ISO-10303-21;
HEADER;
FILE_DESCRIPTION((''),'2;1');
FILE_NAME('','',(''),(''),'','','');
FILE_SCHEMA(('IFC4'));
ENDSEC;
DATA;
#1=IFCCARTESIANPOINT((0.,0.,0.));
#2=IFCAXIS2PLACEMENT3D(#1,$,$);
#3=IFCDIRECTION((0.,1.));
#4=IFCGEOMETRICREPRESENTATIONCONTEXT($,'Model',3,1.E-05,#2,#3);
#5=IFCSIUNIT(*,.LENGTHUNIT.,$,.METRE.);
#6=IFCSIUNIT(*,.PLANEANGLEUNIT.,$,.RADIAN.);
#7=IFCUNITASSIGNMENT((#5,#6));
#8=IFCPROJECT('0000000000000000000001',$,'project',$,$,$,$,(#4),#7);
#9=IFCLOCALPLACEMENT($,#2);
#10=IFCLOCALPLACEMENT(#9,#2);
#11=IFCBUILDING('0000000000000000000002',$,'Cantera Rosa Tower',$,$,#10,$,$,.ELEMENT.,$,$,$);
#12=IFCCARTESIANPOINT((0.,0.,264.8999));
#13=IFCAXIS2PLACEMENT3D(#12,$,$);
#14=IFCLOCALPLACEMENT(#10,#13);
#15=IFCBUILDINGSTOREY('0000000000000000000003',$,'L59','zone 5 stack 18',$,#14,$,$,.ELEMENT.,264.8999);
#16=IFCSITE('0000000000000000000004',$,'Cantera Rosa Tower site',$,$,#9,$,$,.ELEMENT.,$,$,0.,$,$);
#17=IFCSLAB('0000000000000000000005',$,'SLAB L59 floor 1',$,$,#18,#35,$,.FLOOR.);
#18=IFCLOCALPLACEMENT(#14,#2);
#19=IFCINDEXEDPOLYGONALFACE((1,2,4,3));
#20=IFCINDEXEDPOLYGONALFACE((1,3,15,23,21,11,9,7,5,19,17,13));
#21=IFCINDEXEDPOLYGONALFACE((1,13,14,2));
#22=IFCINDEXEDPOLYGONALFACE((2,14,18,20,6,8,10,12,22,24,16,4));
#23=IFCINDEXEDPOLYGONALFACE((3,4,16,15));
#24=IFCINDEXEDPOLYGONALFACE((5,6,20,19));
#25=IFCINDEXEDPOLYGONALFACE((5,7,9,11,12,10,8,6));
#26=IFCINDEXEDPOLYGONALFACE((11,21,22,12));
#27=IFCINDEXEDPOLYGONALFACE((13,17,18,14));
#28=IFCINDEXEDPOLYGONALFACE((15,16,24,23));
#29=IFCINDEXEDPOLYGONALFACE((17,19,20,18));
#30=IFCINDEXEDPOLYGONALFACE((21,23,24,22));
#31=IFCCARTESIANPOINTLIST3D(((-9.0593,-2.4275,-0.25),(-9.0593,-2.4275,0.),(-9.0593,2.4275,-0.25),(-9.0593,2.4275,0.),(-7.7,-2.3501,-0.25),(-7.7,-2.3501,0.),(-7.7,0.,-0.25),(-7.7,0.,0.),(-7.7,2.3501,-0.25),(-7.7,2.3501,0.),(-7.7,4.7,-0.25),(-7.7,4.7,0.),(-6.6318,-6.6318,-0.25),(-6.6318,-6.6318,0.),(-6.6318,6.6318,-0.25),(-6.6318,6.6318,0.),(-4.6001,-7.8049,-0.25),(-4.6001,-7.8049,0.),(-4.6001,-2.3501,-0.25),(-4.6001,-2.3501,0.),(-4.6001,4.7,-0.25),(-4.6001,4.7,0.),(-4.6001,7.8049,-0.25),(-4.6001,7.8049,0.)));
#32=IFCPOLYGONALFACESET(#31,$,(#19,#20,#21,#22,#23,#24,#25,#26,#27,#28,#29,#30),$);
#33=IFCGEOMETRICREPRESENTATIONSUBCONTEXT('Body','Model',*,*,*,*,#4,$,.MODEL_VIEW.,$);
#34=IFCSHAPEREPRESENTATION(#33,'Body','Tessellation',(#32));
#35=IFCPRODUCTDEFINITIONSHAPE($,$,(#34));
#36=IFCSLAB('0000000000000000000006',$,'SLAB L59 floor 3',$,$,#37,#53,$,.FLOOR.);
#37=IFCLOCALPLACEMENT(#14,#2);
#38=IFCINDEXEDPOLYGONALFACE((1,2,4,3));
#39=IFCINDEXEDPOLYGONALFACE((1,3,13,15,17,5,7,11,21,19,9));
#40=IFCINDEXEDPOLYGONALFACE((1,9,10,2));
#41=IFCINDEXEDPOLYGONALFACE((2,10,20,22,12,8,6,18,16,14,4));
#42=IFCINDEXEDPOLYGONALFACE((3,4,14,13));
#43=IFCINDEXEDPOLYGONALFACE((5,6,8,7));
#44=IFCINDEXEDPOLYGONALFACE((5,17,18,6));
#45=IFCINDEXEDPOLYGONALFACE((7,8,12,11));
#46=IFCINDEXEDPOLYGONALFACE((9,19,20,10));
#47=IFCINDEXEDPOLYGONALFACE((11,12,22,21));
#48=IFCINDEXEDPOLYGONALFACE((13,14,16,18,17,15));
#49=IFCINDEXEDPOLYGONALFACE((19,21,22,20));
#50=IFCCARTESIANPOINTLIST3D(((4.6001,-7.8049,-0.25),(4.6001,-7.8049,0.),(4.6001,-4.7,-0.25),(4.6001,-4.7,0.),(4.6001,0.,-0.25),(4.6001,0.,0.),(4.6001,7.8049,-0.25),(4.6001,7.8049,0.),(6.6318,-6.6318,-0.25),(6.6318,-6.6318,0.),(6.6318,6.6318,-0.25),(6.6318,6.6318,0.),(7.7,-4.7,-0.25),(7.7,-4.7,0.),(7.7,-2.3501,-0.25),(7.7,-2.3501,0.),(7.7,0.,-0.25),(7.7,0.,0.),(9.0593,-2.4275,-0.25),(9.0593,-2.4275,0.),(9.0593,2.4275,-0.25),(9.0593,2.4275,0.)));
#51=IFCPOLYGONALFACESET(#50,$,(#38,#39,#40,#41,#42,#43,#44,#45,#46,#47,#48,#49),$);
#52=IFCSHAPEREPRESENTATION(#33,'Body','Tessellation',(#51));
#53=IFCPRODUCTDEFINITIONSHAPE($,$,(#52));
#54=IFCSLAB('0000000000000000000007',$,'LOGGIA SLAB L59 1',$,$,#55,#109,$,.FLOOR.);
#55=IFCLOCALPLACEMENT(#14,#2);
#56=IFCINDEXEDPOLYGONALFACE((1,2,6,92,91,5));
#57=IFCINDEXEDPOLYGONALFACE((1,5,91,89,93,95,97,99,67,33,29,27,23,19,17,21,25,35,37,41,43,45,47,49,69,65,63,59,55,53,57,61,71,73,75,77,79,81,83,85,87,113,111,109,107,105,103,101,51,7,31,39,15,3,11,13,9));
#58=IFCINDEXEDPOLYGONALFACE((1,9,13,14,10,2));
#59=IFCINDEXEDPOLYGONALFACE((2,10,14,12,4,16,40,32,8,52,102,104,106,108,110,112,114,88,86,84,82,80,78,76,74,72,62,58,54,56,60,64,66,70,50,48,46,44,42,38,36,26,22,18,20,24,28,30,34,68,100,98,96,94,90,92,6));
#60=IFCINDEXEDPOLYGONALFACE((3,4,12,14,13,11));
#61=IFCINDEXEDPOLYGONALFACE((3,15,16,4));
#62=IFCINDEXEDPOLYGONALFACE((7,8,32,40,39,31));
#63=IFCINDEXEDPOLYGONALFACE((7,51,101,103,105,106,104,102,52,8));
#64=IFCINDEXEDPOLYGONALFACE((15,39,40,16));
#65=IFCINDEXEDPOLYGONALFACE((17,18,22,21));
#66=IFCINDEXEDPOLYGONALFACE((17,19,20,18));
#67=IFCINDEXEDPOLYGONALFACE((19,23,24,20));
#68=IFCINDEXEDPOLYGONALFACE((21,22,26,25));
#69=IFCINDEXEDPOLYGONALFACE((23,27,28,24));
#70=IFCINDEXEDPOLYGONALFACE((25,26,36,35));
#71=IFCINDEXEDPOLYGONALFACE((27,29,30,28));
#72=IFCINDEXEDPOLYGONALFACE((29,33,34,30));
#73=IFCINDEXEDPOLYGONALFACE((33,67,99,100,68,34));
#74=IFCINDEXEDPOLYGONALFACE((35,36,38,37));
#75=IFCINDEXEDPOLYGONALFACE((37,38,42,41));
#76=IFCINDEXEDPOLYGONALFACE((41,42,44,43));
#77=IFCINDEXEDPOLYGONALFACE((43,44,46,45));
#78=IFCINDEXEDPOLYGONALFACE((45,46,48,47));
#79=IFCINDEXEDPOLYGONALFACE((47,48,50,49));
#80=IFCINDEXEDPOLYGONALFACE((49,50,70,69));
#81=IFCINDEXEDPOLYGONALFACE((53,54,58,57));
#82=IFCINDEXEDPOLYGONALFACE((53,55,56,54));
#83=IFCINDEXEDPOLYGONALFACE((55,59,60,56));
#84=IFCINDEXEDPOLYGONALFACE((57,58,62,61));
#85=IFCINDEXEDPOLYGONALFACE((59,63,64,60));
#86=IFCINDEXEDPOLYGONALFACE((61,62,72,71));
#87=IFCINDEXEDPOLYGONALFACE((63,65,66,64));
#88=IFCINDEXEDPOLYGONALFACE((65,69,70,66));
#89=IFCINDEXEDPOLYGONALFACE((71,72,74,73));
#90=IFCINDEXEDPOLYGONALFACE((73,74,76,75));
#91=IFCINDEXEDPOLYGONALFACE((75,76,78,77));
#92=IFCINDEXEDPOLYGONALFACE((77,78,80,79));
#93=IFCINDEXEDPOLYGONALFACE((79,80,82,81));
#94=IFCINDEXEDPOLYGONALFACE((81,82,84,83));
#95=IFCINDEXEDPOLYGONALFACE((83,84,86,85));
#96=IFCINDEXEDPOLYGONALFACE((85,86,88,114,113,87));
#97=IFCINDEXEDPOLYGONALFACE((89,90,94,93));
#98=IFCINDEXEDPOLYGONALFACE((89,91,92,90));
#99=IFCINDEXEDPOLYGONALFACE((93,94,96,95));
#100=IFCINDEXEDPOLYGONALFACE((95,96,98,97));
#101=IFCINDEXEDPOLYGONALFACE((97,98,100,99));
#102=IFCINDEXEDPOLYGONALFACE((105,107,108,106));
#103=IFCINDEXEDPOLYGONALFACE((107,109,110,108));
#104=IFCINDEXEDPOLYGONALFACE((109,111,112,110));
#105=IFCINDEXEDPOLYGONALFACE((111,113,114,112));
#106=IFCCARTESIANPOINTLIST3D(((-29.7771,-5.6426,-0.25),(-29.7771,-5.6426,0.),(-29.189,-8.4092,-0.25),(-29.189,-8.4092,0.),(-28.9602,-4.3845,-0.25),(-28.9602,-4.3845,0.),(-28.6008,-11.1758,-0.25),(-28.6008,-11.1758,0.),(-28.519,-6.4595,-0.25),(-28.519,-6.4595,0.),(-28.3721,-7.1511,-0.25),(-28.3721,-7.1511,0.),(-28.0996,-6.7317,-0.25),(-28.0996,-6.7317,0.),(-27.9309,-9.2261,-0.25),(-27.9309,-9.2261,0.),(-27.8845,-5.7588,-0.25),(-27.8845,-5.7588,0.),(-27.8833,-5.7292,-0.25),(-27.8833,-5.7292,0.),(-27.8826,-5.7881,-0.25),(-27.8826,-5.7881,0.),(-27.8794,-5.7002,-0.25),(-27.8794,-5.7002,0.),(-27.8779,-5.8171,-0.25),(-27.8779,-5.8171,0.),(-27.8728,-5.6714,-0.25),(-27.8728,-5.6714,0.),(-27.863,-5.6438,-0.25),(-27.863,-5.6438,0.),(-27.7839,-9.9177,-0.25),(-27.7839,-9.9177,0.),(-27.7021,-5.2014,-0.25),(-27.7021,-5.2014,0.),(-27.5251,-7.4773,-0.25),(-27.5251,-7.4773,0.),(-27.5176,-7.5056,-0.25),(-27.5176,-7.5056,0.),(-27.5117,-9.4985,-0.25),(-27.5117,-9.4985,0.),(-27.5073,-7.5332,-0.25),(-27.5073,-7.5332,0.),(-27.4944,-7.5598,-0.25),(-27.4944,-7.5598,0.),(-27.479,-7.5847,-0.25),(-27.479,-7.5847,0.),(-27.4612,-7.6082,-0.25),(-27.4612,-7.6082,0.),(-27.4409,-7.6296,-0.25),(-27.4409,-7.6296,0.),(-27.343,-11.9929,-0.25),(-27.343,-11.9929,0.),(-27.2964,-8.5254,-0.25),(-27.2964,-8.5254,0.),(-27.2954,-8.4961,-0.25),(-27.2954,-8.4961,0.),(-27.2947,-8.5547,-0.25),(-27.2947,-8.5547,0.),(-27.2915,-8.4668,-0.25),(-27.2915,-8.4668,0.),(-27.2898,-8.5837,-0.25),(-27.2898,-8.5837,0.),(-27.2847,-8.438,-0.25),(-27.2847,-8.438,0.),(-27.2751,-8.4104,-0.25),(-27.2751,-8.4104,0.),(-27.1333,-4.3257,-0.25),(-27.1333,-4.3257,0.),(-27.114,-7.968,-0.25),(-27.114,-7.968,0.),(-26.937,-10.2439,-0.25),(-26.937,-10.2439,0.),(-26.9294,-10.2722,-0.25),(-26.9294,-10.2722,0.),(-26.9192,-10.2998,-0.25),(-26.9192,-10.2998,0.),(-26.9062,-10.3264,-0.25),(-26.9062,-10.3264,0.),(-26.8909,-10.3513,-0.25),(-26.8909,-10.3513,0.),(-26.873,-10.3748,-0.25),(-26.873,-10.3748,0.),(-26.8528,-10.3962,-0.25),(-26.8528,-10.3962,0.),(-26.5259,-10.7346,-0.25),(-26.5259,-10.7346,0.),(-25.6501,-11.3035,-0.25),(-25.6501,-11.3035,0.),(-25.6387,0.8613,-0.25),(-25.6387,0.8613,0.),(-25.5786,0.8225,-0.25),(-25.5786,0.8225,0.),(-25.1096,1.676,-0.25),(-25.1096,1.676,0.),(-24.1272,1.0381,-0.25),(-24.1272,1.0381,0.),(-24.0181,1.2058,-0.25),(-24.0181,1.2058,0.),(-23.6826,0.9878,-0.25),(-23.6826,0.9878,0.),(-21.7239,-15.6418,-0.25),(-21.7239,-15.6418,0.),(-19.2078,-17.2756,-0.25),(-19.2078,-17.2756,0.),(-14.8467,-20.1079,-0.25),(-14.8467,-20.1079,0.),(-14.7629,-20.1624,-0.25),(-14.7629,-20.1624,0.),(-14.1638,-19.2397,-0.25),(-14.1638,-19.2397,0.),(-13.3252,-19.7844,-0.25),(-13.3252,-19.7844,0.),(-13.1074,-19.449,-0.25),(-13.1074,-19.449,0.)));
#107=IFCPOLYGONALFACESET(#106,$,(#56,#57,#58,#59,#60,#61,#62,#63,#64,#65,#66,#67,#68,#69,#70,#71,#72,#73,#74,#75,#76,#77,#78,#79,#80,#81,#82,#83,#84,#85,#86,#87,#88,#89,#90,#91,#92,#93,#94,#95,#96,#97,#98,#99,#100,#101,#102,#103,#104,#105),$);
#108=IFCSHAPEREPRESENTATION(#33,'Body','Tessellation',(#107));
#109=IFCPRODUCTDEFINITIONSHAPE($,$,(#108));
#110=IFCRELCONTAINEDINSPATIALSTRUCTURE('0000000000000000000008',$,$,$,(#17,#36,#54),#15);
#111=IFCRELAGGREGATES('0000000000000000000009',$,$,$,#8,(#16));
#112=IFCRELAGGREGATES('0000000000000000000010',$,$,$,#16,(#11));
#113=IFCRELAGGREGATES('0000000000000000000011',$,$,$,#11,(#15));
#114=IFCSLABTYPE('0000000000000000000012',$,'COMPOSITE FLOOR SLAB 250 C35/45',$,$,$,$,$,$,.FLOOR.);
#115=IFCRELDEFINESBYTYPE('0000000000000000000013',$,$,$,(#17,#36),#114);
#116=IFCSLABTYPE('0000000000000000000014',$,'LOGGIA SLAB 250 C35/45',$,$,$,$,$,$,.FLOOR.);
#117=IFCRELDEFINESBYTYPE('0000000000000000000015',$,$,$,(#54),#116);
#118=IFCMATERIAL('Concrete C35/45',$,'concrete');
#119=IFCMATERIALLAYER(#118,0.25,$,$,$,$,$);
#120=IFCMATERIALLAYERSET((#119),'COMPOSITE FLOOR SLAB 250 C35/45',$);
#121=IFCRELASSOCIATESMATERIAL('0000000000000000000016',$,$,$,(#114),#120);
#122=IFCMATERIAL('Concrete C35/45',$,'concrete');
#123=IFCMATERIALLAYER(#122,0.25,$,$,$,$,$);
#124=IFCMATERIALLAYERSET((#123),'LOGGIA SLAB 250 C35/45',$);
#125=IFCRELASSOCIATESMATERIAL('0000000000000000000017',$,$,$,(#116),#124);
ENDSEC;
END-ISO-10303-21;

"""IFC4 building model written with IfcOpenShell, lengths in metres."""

from ifc_helpers import new_model, si_unit, direction, frame, origin, place, context, subcontext, project, spatial, polyline, outline, extrude, material, layer, layer_set, type_object, element, save


model = new_model("IFC4")

# Units and contexts
model_context = context("Model", 3, precision=1e-05, world=origin(), true_north=direction((0.0, 1.0)))
body_context = subcontext(model_context, "Body", "Model", "MODEL_VIEW")
ifc_project = project(units=[si_unit("LENGTHUNIT", "METRE"), si_unit("PLANEANGLEUNIT", "RADIAN")], contexts=[model_context])

# Site, building, storey
site_placement = place(None, origin())
site = spatial("IfcSite", under=ifc_project, at=site_placement, Name="Cantera Rosa Tower site", CompositionType="ELEMENT", RefElevation=0.0)
building_placement = place(site_placement, origin())
building = spatial("IfcBuilding", under=site, at=building_placement, Name="Cantera Rosa Tower", CompositionType="ELEMENT")
storey_placement = place(building_placement, frame((0.0, 0.0, 264.8999)))
storey = spatial("IfcBuildingStorey", under=building, at=storey_placement, Name="L59", Description="zone 5 stack 18", CompositionType="ELEMENT", Elevation=264.8999)

# Slabs
ifc_material_1 = material(Name="Concrete C35/45", Category="concrete")
ifc_layer_1 = layer(ifc_material_1, 0.25)
ifc_layer_set_1 = layer_set([ifc_layer_1], Name="COMPOSITE FLOOR SLAB 250 C35/45")
slab_type_1 = type_object("IfcSlabType", Name="COMPOSITE FLOOR SLAB 250 C35/45", PredefinedType="FLOOR", material=ifc_layer_set_1)
slab_1_placement = place(storey_placement, frame((0.0, 0.0, -0.25)))
element("IfcSlab", 1, at=slab_1_placement, inside=storey, type_object=slab_type_1, Name="SLAB L59 floor 1", PredefinedType="FLOOR", context=body_context, shape_type="SweptSolid", body=[
    extrude(outline(polyline([(-7.7, -2.3501), (-4.6001, -2.3501), (-4.6001, -7.8049), (-6.6318, -6.6318), (-9.0593, -2.4275), (-9.0593, 2.4275), (-6.6318, 6.6318), (-4.6001, 7.8049), (-4.6001, 4.7), (-7.7, 4.7), (-7.7, 2.3501), (-7.7, 0.0), (-7.7, -2.3501)])), origin(), (0.0, 0.0, 1.0), 0.25),
])
slab_2_placement = place(storey_placement, frame((0.0, 0.0, -0.25)))
element("IfcSlab", 2, at=slab_2_placement, inside=storey, type_object=slab_type_1, Name="SLAB L59 floor 3", PredefinedType="FLOOR", context=body_context, shape_type="SweptSolid", body=[
    extrude(outline(polyline([(7.7, 0.0), (4.6001, 0.0), (4.6001, 7.8049), (6.6318, 6.6318), (9.0593, 2.4275), (9.0593, -2.4275), (6.6318, -6.6318), (4.6001, -7.8049), (4.6001, -4.7), (7.7, -4.7), (7.7, -2.3501), (7.7, 0.0)])), origin(), (0.0, 0.0, 1.0), 0.25),
])
ifc_material_2 = material(Name="Concrete C35/45", Category="concrete")
ifc_layer_2 = layer(ifc_material_2, 0.25)
ifc_layer_set_2 = layer_set([ifc_layer_2], Name="LOGGIA SLAB 250 C35/45")
slab_type_2 = type_object("IfcSlabType", Name="LOGGIA SLAB 250 C35/45", PredefinedType="FLOOR", material=ifc_layer_set_2)
slab_3_placement = place(storey_placement, frame((0.0, 0.0, -0.25)))
element("IfcSlab", 3, at=slab_3_placement, inside=storey, type_object=slab_type_2, Name="LOGGIA SLAB L59 1", PredefinedType="FLOOR", context=body_context, shape_type="SweptSolid", body=[
    extrude(outline(polyline([(-21.7239, -15.6418), (-27.343, -11.9929), (-28.6008, -11.1758), (-27.7839, -9.9177), (-27.5117, -9.4985), (-27.9309, -9.2261), (-29.189, -8.4092), (-28.3721, -7.1511), (-28.0996, -6.7317), (-28.519, -6.4595), (-29.7771, -5.6426), (-28.9602, -4.3845), (-25.5786, 0.8225), (-25.6387, 0.8613), (-25.1096, 1.676), (-24.1272, 1.0381), (-24.0181, 1.2058), (-23.6826, 0.9878), (-27.1333, -4.3257), (-27.7021, -5.2014), (-27.863, -5.6438), (-27.8728, -5.6714), (-27.8794, -5.7002), (-27.8833, -5.7292), (-27.8845, -5.7588), (-27.8826, -5.7881), (-27.8779, -5.8171), (-27.5251, -7.4773), (-27.5176, -7.5056), (-27.5073, -7.5332), (-27.4944, -7.5598), (-27.479, -7.5847), (-27.4612, -7.6082), (-27.4409, -7.6296), (-27.114, -7.968), (-27.2751, -8.4104), (-27.2847, -8.438), (-27.2915, -8.4668), (-27.2954, -8.4961), (-27.2964, -8.5254), (-27.2947, -8.5547), (-27.2898, -8.5837), (-26.937, -10.2439), (-26.9294, -10.2722), (-26.9192, -10.2998), (-26.9062, -10.3264), (-26.8909, -10.3513), (-26.873, -10.3748), (-26.8528, -10.3962), (-26.5259, -10.7346), (-25.6501, -11.3035), (-13.1074, -19.449), (-13.3252, -19.7844), (-14.1638, -19.2397), (-14.7629, -20.1624), (-14.8467, -20.1079), (-19.2078, -17.2756), (-21.7239, -15.6418)])), origin(), (0.0, 0.0, 1.0), 0.25),
])

save(model, "model.ifc")
